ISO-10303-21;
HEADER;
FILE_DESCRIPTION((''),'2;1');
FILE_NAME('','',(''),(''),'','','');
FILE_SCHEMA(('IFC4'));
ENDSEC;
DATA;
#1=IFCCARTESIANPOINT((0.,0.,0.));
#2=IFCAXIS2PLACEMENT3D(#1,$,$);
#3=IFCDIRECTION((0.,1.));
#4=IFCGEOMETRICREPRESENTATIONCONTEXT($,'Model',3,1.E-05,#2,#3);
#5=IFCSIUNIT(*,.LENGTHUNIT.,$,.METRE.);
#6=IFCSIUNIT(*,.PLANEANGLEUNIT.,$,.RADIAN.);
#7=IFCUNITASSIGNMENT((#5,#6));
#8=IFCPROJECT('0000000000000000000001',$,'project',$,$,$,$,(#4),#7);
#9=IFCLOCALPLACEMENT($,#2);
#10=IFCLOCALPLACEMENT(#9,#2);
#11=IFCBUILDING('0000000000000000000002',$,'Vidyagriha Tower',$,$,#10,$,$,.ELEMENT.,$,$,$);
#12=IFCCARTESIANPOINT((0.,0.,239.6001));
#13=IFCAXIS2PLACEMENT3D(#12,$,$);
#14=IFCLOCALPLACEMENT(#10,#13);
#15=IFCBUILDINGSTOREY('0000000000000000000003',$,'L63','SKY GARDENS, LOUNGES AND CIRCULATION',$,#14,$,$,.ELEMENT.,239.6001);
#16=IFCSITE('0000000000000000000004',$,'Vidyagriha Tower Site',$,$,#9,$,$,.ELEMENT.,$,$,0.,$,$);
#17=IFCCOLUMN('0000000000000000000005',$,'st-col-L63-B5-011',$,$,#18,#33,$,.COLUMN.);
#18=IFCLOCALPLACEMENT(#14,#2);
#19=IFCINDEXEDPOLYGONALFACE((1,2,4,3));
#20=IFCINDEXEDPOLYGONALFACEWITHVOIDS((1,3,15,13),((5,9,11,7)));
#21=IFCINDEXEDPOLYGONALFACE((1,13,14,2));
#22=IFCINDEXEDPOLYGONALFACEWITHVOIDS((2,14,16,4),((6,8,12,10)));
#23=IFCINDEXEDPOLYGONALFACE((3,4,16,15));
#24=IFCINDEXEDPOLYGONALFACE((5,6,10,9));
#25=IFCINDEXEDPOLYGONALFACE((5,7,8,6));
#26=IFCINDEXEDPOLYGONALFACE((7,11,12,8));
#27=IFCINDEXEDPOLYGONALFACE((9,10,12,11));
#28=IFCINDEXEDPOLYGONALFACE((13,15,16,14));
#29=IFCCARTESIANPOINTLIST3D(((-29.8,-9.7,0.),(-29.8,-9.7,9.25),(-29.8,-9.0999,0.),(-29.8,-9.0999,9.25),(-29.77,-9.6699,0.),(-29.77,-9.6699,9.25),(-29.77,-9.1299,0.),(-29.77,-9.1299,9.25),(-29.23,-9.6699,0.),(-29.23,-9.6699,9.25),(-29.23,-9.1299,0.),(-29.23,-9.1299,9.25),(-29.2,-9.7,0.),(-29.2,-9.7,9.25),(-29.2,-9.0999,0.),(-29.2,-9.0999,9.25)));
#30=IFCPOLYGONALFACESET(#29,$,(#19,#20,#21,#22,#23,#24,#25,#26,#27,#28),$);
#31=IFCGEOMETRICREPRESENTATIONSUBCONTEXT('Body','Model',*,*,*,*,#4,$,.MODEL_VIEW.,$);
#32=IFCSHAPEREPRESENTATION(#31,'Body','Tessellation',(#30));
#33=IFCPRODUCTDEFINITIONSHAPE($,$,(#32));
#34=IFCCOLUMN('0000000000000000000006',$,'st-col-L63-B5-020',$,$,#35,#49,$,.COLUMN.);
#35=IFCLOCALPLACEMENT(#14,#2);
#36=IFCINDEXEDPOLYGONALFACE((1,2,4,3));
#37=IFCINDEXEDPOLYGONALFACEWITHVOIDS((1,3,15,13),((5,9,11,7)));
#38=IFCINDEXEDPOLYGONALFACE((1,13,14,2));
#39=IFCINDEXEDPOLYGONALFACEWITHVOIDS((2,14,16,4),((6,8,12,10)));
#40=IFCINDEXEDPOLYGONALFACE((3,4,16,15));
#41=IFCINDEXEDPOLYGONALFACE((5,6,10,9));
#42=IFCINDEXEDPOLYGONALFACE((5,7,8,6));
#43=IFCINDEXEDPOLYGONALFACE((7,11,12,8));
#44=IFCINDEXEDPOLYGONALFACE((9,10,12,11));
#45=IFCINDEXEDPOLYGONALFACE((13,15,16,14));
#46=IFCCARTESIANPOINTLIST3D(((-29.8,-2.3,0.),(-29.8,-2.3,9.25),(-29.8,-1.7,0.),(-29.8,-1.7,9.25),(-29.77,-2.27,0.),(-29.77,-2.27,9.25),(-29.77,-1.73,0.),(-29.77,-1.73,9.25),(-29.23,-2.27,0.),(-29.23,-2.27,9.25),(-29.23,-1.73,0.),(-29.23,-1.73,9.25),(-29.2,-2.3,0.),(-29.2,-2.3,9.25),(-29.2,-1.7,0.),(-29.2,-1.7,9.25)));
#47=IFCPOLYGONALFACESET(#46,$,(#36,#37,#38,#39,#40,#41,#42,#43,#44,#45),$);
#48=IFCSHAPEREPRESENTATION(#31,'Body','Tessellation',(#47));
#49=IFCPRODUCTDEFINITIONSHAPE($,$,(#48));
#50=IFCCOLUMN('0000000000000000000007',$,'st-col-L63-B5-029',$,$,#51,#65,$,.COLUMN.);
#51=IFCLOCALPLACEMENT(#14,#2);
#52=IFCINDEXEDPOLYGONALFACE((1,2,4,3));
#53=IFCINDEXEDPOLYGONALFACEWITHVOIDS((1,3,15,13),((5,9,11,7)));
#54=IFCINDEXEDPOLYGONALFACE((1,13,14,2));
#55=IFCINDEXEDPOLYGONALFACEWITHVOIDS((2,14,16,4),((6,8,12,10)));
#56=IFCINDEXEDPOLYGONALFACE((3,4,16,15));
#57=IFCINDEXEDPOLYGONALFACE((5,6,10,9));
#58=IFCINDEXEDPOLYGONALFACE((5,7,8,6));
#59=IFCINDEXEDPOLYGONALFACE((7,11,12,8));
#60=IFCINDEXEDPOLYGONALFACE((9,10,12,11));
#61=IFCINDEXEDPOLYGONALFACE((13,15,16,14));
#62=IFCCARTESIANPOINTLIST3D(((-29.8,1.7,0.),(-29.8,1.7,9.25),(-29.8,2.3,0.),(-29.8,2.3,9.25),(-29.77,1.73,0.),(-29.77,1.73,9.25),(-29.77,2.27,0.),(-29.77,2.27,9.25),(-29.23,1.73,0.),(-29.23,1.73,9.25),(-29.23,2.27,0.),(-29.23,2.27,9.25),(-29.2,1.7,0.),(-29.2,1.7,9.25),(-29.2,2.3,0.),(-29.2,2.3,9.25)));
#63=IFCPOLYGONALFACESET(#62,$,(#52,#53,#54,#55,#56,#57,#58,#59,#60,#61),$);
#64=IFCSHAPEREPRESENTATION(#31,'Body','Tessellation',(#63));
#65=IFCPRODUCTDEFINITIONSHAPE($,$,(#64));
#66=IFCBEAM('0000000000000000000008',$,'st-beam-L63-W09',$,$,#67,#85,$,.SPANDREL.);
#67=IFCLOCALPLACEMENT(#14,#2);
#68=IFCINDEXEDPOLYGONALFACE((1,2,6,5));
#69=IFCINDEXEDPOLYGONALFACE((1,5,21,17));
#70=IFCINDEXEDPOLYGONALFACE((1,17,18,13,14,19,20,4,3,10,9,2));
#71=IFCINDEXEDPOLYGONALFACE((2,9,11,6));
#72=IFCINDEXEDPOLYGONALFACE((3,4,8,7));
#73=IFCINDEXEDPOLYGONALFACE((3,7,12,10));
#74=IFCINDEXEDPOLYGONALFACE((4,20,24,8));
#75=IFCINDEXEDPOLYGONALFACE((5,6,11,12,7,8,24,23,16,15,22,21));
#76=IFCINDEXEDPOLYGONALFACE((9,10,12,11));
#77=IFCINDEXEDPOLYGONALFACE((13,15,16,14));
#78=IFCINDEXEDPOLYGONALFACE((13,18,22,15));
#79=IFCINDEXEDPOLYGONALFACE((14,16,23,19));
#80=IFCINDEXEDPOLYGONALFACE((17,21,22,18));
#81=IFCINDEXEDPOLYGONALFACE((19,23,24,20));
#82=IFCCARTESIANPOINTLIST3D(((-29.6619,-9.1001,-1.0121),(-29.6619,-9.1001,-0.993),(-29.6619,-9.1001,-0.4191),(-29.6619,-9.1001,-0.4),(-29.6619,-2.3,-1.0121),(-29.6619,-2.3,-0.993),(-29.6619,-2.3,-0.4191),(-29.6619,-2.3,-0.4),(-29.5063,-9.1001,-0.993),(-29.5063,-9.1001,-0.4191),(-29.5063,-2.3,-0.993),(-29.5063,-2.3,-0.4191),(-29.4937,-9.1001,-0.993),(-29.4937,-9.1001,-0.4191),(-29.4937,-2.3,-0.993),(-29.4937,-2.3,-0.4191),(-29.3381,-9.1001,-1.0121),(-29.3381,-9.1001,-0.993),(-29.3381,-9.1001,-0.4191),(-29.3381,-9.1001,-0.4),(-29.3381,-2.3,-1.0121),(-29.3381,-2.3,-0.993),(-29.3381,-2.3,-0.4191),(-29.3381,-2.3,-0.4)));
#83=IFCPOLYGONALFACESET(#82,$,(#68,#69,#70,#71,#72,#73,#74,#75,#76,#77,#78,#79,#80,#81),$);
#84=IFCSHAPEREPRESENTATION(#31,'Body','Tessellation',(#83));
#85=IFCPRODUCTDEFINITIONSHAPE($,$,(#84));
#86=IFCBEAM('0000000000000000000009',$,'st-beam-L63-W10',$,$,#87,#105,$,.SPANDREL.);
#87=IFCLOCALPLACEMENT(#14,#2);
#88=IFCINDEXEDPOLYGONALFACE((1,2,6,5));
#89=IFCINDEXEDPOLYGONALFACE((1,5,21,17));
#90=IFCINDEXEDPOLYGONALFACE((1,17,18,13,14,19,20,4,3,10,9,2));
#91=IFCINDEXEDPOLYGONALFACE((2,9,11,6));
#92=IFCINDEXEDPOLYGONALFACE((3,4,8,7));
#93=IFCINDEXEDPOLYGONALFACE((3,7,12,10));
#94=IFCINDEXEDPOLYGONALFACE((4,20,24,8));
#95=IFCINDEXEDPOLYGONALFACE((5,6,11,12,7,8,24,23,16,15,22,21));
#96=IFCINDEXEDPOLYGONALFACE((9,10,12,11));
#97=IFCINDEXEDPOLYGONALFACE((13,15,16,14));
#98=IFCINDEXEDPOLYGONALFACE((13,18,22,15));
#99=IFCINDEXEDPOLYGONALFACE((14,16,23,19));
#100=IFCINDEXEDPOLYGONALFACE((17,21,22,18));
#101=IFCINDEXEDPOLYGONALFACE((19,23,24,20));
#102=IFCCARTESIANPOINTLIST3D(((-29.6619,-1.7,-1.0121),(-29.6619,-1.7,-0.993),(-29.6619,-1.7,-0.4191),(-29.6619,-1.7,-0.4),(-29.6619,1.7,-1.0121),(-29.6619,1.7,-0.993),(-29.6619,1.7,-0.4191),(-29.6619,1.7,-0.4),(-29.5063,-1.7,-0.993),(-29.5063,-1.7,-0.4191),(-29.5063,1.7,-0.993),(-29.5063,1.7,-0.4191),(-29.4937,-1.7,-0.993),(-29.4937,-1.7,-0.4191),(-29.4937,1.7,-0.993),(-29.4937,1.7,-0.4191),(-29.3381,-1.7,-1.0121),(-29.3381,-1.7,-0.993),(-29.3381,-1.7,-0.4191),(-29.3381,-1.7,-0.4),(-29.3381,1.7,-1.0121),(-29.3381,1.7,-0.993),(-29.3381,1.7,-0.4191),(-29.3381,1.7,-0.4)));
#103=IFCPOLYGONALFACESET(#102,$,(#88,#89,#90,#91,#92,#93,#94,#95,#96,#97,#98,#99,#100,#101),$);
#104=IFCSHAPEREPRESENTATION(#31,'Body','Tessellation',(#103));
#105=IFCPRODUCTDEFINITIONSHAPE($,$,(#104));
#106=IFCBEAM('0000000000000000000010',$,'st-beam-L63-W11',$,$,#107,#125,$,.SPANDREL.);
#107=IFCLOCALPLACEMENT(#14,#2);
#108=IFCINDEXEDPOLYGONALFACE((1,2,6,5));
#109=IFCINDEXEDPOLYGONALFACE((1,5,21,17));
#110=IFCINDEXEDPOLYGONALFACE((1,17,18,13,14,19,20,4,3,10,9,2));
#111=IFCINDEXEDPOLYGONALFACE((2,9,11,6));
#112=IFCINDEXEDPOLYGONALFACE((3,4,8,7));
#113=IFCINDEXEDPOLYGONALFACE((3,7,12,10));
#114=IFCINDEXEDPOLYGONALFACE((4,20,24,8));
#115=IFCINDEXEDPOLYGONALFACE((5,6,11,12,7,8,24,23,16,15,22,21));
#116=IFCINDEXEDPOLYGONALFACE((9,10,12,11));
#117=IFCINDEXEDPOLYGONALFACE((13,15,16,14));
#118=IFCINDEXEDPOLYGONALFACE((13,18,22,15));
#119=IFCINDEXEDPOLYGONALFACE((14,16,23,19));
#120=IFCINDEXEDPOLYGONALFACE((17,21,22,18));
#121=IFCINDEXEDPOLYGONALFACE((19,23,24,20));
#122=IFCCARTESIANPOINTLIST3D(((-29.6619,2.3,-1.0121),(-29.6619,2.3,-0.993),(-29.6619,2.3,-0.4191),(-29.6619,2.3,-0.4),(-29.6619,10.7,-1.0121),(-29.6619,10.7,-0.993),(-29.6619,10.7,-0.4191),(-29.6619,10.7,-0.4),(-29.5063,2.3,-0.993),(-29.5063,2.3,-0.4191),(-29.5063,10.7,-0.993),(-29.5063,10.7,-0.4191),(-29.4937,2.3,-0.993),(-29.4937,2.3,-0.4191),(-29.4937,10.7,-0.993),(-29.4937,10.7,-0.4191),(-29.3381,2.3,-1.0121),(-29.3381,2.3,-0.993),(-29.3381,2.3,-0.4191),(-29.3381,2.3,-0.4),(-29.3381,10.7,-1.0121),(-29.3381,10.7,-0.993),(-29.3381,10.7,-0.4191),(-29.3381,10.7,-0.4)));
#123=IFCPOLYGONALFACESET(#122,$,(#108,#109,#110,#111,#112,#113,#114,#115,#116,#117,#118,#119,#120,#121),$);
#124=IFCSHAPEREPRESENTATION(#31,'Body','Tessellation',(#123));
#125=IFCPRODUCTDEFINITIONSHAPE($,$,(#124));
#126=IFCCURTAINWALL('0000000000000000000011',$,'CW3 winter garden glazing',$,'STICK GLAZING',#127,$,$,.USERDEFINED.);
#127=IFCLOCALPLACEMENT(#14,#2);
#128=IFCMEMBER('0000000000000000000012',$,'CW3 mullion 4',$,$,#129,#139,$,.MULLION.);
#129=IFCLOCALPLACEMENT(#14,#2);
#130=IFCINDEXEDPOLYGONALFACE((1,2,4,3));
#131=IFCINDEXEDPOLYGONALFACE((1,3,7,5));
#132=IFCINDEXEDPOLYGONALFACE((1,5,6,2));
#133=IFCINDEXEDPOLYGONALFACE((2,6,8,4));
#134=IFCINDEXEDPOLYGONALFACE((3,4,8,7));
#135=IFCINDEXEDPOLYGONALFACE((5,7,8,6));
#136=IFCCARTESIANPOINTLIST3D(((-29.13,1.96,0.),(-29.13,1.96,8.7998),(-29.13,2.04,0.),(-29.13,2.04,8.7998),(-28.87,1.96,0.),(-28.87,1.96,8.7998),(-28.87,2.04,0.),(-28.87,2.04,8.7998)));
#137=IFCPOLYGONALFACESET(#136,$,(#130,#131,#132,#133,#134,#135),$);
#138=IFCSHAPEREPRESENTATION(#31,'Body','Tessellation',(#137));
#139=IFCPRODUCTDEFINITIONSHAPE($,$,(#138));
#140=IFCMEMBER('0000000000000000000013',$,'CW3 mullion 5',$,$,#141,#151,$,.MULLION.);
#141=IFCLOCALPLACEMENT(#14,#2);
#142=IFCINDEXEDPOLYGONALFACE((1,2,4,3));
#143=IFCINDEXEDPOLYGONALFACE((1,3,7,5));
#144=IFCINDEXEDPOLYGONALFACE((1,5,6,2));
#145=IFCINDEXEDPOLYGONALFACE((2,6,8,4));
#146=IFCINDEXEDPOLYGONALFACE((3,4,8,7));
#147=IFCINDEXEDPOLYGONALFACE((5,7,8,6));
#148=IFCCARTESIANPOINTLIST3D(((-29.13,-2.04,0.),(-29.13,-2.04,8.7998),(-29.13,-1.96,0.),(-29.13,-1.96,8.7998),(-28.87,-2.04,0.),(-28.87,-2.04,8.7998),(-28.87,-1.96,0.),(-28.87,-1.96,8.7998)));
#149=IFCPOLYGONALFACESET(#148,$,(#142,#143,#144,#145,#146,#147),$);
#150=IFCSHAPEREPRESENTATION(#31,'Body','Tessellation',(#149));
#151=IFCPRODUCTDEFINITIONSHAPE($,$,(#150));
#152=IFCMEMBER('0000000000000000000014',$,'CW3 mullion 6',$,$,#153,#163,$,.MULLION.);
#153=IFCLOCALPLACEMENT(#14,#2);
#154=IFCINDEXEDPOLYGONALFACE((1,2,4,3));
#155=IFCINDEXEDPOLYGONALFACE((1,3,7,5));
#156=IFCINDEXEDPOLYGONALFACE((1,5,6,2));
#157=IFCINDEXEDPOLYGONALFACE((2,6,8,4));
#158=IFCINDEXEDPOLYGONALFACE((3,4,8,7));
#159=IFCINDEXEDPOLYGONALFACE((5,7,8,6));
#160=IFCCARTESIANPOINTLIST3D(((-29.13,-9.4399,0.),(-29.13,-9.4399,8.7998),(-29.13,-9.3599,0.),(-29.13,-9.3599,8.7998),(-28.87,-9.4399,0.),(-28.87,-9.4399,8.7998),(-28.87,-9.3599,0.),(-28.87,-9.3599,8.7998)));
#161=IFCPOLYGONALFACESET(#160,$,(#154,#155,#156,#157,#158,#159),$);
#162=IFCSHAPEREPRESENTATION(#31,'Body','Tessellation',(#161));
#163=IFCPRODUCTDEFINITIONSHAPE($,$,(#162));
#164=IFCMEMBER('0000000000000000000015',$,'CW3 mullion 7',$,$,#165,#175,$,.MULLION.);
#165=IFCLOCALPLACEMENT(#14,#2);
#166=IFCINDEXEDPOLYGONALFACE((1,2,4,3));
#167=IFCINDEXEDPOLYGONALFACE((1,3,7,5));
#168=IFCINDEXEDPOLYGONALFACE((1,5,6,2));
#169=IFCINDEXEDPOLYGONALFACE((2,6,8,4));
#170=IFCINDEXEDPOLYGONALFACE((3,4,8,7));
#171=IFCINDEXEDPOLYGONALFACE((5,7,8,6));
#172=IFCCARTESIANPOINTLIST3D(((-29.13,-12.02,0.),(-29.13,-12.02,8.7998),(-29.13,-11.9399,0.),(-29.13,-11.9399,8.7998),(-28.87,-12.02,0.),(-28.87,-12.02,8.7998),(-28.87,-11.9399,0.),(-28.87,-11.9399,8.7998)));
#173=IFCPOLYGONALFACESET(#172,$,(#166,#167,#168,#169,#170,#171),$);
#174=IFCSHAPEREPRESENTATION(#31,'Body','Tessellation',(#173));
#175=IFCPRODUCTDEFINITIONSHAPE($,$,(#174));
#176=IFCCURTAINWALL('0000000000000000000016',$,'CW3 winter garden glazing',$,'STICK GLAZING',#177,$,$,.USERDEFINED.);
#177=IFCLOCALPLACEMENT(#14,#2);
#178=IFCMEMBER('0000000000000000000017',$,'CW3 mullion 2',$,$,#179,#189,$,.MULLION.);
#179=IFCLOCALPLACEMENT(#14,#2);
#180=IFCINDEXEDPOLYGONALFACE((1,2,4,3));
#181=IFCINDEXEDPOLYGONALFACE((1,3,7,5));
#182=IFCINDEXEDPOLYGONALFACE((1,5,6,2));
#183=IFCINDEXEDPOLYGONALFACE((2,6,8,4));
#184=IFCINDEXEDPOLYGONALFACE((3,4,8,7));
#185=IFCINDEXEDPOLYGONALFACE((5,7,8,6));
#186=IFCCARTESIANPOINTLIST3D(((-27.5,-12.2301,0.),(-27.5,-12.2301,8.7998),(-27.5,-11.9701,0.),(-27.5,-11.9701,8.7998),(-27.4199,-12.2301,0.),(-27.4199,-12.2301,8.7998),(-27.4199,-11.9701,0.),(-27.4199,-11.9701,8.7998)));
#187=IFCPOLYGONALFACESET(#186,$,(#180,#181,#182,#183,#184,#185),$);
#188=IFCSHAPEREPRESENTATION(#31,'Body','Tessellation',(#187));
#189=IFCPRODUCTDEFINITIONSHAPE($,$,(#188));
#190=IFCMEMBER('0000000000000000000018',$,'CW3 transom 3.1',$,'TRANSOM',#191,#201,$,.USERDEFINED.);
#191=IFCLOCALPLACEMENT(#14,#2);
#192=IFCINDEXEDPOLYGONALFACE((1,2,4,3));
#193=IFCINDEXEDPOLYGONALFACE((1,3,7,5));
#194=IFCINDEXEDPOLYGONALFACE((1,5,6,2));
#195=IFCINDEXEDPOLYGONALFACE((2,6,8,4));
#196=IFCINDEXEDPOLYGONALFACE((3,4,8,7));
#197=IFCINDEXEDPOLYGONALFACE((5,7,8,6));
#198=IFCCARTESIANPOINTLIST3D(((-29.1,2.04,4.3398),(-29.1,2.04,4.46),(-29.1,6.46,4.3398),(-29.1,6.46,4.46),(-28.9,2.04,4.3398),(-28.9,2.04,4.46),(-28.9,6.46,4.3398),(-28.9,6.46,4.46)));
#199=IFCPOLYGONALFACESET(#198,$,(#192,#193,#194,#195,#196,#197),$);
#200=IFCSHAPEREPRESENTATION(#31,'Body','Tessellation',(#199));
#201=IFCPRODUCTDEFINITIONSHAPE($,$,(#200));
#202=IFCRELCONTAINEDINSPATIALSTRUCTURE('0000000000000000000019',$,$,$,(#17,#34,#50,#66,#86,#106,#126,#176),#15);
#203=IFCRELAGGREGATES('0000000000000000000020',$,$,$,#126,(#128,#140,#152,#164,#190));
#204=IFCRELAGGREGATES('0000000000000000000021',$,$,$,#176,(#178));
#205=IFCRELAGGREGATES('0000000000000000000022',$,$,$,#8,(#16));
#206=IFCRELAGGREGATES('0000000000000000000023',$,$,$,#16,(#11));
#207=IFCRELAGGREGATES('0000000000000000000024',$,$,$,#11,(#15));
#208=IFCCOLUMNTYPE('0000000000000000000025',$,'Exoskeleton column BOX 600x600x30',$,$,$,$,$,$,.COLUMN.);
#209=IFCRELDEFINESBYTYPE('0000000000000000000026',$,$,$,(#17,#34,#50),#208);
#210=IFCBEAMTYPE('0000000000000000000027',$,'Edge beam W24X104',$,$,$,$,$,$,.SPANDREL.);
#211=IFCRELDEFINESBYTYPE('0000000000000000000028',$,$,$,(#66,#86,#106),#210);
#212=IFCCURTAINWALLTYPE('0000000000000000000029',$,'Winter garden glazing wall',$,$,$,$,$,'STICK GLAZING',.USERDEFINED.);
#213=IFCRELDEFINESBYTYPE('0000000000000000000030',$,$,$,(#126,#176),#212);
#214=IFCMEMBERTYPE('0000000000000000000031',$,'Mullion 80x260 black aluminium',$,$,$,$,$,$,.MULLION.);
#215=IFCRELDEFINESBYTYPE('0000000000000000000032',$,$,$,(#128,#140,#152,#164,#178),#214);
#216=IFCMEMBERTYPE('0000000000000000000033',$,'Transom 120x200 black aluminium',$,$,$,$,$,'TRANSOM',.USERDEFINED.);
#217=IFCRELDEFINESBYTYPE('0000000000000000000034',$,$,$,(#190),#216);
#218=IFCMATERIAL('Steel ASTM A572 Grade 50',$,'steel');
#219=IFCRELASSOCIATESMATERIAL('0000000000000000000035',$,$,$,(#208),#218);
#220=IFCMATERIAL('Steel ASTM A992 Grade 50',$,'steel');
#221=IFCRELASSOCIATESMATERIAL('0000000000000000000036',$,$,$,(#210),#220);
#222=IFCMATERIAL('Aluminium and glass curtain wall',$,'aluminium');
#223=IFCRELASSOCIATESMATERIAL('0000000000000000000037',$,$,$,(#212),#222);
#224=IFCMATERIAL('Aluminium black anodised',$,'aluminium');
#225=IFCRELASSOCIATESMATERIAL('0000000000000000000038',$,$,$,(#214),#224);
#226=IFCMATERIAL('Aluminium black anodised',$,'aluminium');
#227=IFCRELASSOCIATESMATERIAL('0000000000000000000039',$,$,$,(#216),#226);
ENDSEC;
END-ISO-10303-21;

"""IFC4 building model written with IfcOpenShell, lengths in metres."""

from ifc_helpers import new_model, si_unit, direction, frame, origin, origin_2d, place, context, subcontext, project, spatial, rectangle, hollow_rectangle, i_section, extrude, material, material_profile, profile_set, type_object, element, aggregate, save


model = new_model("IFC4")

# Units and contexts
model_context = context("Model", 3, precision=1e-05, world=origin(), true_north=direction((0.0, 1.0)))
body_context = subcontext(model_context, "Body", "Model", "MODEL_VIEW")
ifc_project = project(units=[si_unit("LENGTHUNIT", "METRE"), si_unit("PLANEANGLEUNIT", "RADIAN")], contexts=[model_context])

# Site, building, storey
site_placement = place(None, origin())
site = spatial("IfcSite", under=ifc_project, at=site_placement, Name="Vidyagriha Tower Site", CompositionType="ELEMENT", RefElevation=0.0)
building_placement = place(site_placement, origin())
building = spatial("IfcBuilding", under=site, at=building_placement, Name="Vidyagriha Tower", CompositionType="ELEMENT")
storey_placement = place(building_placement, frame((0.0, 0.0, 239.6001)))
storey = spatial("IfcBuildingStorey", under=building, at=storey_placement, Name="L63", Description="SKY GARDENS, LOUNGES AND CIRCULATION", CompositionType="ELEMENT", Elevation=239.6001)

# Columns
ifc_material_1 = material(Name="Steel ASTM A572 Grade 50", Category="steel")
ifc_material_profile_1 = material_profile(ifc_material_1, hollow_rectangle(XDim=0.6001, YDim=0.6001, WallThickness=0.03, at=origin_2d()), Name="BOX 600x600x30")
ifc_profile_set_1 = profile_set([ifc_material_profile_1], Name="Steel ASTM A572 Grade 50")
column_type = type_object("IfcColumnType", Name="Exoskeleton column BOX 600x600x30", PredefinedType="COLUMN", material=ifc_profile_set_1)
for number, where, name in (
    (1, (-29.5, -9.3999, 0.0), "st-col-L63-B5-011"),
    (2, (-29.5, -2.0, 0.0), "st-col-L63-B5-020"),
    (3, (-29.5, 2.0, 0.0), "st-col-L63-B5-029"),
):
    element("IfcColumn", number, at=place(storey_placement, frame(where)), inside=storey, type_object=column_type, Name=name, PredefinedType="COLUMN", context=body_context, shape_type="SweptSolid", body=[
        extrude(hollow_rectangle(XDim=0.6001, YDim=0.6001, WallThickness=0.03, at=origin_2d()), origin(), (0.0, 0.0, 1.0), 9.25),
    ])

# Beams
ifc_material_2 = material(Name="Steel ASTM A992 Grade 50", Category="steel")
ifc_material_profile_2 = material_profile(ifc_material_2, i_section(OverallWidth=0.3237, OverallDepth=0.6121, WebThickness=0.0127, FlangeThickness=0.019, at=origin_2d()), Name="W24X104")
ifc_profile_set_2 = profile_set([ifc_material_profile_2], Name="Steel ASTM A992 Grade 50")
beam_type = type_object("IfcBeamType", Name="Edge beam W24X104", PredefinedType="SPANDREL", material=ifc_profile_set_2)
beam_1_placement = place(storey_placement, frame((-29.5, -9.1001, -0.7061), z_axis=(0.0, 1.0, 0.0), x_axis=(-1.0, 0.0, 0.0)))
element("IfcBeam", 4, at=beam_1_placement, inside=storey, type_object=beam_type, Name="st-beam-L63-W09", PredefinedType="SPANDREL", context=body_context, shape_type="SweptSolid", body=[
    extrude(i_section(OverallWidth=0.3237, OverallDepth=0.6121, WebThickness=0.0127, FlangeThickness=0.019, at=origin_2d()), origin(), (0.0, 0.0, 1.0), 6.8),
])
beam_2_placement = place(storey_placement, frame((-29.5, -1.7, -0.7061), z_axis=(0.0, 1.0, 0.0), x_axis=(-1.0, 0.0, 0.0)))
element("IfcBeam", 5, at=beam_2_placement, inside=storey, type_object=beam_type, Name="st-beam-L63-W10", PredefinedType="SPANDREL", context=body_context, shape_type="SweptSolid", body=[
    extrude(i_section(OverallWidth=0.3237, OverallDepth=0.6121, WebThickness=0.0127, FlangeThickness=0.019, at=origin_2d()), origin(), (0.0, 0.0, 1.0), 3.3999),
])
beam_3_placement = place(storey_placement, frame((-29.5, 2.3, -0.7061), z_axis=(0.0, 1.0, 0.0), x_axis=(-1.0, 0.0, 0.0)))
element("IfcBeam", 6, at=beam_3_placement, inside=storey, type_object=beam_type, Name="st-beam-L63-W11", PredefinedType="SPANDREL", context=body_context, shape_type="SweptSolid", body=[
    extrude(i_section(OverallWidth=0.3237, OverallDepth=0.6121, WebThickness=0.0127, FlangeThickness=0.019, at=origin_2d()), origin(), (0.0, 0.0, 1.0), 8.3999),
])

# Curtain wall, members
ifc_material_3 = material(Name="Aluminium and glass curtain wall", Category="aluminium")
curtain_wall_type = type_object("IfcCurtainWallType", Name="Winter garden glazing wall", ElementType="STICK GLAZING", PredefinedType="USERDEFINED", material=ifc_material_3)
curtain_wall_1_placement = place(storey_placement, origin())
curtain_wall_1 = element("IfcCurtainWall", 7, at=curtain_wall_1_placement, inside=storey, type_object=curtain_wall_type, Name="CW3 winter garden glazing", ObjectType="STICK GLAZING", PredefinedType="USERDEFINED")
ifc_material_4 = material(Name="Aluminium black anodised", Category="aluminium")
ifc_material_profile_3 = material_profile(ifc_material_4, rectangle(XDim=0.26, YDim=0.0801, at=origin_2d()), Name="Mullion 80x260 black aluminium")
ifc_profile_set_3 = profile_set([ifc_material_profile_3], Name="Aluminium black anodised")
member_type_1 = type_object("IfcMemberType", Name="Mullion 80x260 black aluminium", PredefinedType="MULLION", material=ifc_profile_set_3)
member_1_placement = place(storey_placement, frame((-29.0, 2.0, 0.0)))
member_1 = element("IfcMember", 8, at=member_1_placement, type_object=member_type_1, Name="CW3 mullion 4", PredefinedType="MULLION", context=body_context, shape_type="SweptSolid", body=[
    extrude(rectangle(XDim=0.26, YDim=0.0801, at=origin_2d()), origin(), (0.0, 0.0, 1.0), 8.7998),
])
member_2_placement = place(storey_placement, frame((-29.0, -2.0, 0.0)))
member_2 = element("IfcMember", 9, at=member_2_placement, type_object=member_type_1, Name="CW3 mullion 5", PredefinedType="MULLION", context=body_context, shape_type="SweptSolid", body=[
    extrude(rectangle(XDim=0.26, YDim=0.0801, at=origin_2d()), origin(), (0.0, 0.0, 1.0), 8.7998),
])
member_3_placement = place(storey_placement, frame((-29.0, -9.3999, 0.0)))
member_3 = element("IfcMember", 10, at=member_3_placement, type_object=member_type_1, Name="CW3 mullion 6", PredefinedType="MULLION", context=body_context, shape_type="SweptSolid", body=[
    extrude(rectangle(XDim=0.26, YDim=0.0801, at=origin_2d()), origin(), (0.0, 0.0, 1.0), 8.7998),
])
member_4_placement = place(storey_placement, frame((-29.0, -11.98, 0.0)))
member_4 = element("IfcMember", 11, at=member_4_placement, type_object=member_type_1, Name="CW3 mullion 7", PredefinedType="MULLION", context=body_context, shape_type="SweptSolid", body=[
    extrude(rectangle(XDim=0.26, YDim=0.0801, at=origin_2d()), origin(), (0.0, 0.0, 1.0), 8.7998),
])

# Curtain wall, member
curtain_wall_2_placement = place(storey_placement, origin())
curtain_wall_2 = element("IfcCurtainWall", 12, at=curtain_wall_2_placement, inside=storey, type_object=curtain_wall_type, Name="CW3 winter garden glazing", ObjectType="STICK GLAZING", PredefinedType="USERDEFINED")
member_5_placement = place(storey_placement, frame((-27.46, -12.1001, 0.0), z_axis=(0.0, 0.0, 1.0), x_axis=(0.0, 1.0, 0.0)))
member_5 = element("IfcMember", 13, at=member_5_placement, type_object=member_type_1, Name="CW3 mullion 2", PredefinedType="MULLION", context=body_context, shape_type="SweptSolid", body=[
    extrude(rectangle(XDim=0.26, YDim=0.0801, at=origin_2d()), origin(), (0.0, 0.0, 1.0), 8.7998),
])

# Member
ifc_material_5 = material(Name="Aluminium black anodised", Category="aluminium")
ifc_material_profile_4 = material_profile(ifc_material_5, rectangle(XDim=0.2, YDim=0.1201, at=origin_2d()), Name="Transom 120x200 black aluminium")
ifc_profile_set_4 = profile_set([ifc_material_profile_4], Name="Aluminium black anodised")
member_type_2 = type_object("IfcMemberType", Name="Transom 120x200 black aluminium", ElementType="TRANSOM", PredefinedType="USERDEFINED", material=ifc_profile_set_4)
member_6_placement = place(storey_placement, frame((-29.0, 6.46, 4.3999), z_axis=(0.0, -1.0, 0.0), x_axis=(1.0, 0.0, 0.0)))
member_6 = element("IfcMember", 14, at=member_6_placement, type_object=member_type_2, Name="CW3 transom 3.1", ObjectType="TRANSOM", PredefinedType="USERDEFINED", context=body_context, shape_type="SweptSolid", body=[
    extrude(rectangle(XDim=0.2, YDim=0.1201, at=origin_2d()), origin(), (0.0, 0.0, 1.0), 4.4199),
])

aggregate(curtain_wall_1, [member_1, member_2, member_3, member_4, member_6])
aggregate(curtain_wall_2, [member_5])

save(model, "model.ifc")
